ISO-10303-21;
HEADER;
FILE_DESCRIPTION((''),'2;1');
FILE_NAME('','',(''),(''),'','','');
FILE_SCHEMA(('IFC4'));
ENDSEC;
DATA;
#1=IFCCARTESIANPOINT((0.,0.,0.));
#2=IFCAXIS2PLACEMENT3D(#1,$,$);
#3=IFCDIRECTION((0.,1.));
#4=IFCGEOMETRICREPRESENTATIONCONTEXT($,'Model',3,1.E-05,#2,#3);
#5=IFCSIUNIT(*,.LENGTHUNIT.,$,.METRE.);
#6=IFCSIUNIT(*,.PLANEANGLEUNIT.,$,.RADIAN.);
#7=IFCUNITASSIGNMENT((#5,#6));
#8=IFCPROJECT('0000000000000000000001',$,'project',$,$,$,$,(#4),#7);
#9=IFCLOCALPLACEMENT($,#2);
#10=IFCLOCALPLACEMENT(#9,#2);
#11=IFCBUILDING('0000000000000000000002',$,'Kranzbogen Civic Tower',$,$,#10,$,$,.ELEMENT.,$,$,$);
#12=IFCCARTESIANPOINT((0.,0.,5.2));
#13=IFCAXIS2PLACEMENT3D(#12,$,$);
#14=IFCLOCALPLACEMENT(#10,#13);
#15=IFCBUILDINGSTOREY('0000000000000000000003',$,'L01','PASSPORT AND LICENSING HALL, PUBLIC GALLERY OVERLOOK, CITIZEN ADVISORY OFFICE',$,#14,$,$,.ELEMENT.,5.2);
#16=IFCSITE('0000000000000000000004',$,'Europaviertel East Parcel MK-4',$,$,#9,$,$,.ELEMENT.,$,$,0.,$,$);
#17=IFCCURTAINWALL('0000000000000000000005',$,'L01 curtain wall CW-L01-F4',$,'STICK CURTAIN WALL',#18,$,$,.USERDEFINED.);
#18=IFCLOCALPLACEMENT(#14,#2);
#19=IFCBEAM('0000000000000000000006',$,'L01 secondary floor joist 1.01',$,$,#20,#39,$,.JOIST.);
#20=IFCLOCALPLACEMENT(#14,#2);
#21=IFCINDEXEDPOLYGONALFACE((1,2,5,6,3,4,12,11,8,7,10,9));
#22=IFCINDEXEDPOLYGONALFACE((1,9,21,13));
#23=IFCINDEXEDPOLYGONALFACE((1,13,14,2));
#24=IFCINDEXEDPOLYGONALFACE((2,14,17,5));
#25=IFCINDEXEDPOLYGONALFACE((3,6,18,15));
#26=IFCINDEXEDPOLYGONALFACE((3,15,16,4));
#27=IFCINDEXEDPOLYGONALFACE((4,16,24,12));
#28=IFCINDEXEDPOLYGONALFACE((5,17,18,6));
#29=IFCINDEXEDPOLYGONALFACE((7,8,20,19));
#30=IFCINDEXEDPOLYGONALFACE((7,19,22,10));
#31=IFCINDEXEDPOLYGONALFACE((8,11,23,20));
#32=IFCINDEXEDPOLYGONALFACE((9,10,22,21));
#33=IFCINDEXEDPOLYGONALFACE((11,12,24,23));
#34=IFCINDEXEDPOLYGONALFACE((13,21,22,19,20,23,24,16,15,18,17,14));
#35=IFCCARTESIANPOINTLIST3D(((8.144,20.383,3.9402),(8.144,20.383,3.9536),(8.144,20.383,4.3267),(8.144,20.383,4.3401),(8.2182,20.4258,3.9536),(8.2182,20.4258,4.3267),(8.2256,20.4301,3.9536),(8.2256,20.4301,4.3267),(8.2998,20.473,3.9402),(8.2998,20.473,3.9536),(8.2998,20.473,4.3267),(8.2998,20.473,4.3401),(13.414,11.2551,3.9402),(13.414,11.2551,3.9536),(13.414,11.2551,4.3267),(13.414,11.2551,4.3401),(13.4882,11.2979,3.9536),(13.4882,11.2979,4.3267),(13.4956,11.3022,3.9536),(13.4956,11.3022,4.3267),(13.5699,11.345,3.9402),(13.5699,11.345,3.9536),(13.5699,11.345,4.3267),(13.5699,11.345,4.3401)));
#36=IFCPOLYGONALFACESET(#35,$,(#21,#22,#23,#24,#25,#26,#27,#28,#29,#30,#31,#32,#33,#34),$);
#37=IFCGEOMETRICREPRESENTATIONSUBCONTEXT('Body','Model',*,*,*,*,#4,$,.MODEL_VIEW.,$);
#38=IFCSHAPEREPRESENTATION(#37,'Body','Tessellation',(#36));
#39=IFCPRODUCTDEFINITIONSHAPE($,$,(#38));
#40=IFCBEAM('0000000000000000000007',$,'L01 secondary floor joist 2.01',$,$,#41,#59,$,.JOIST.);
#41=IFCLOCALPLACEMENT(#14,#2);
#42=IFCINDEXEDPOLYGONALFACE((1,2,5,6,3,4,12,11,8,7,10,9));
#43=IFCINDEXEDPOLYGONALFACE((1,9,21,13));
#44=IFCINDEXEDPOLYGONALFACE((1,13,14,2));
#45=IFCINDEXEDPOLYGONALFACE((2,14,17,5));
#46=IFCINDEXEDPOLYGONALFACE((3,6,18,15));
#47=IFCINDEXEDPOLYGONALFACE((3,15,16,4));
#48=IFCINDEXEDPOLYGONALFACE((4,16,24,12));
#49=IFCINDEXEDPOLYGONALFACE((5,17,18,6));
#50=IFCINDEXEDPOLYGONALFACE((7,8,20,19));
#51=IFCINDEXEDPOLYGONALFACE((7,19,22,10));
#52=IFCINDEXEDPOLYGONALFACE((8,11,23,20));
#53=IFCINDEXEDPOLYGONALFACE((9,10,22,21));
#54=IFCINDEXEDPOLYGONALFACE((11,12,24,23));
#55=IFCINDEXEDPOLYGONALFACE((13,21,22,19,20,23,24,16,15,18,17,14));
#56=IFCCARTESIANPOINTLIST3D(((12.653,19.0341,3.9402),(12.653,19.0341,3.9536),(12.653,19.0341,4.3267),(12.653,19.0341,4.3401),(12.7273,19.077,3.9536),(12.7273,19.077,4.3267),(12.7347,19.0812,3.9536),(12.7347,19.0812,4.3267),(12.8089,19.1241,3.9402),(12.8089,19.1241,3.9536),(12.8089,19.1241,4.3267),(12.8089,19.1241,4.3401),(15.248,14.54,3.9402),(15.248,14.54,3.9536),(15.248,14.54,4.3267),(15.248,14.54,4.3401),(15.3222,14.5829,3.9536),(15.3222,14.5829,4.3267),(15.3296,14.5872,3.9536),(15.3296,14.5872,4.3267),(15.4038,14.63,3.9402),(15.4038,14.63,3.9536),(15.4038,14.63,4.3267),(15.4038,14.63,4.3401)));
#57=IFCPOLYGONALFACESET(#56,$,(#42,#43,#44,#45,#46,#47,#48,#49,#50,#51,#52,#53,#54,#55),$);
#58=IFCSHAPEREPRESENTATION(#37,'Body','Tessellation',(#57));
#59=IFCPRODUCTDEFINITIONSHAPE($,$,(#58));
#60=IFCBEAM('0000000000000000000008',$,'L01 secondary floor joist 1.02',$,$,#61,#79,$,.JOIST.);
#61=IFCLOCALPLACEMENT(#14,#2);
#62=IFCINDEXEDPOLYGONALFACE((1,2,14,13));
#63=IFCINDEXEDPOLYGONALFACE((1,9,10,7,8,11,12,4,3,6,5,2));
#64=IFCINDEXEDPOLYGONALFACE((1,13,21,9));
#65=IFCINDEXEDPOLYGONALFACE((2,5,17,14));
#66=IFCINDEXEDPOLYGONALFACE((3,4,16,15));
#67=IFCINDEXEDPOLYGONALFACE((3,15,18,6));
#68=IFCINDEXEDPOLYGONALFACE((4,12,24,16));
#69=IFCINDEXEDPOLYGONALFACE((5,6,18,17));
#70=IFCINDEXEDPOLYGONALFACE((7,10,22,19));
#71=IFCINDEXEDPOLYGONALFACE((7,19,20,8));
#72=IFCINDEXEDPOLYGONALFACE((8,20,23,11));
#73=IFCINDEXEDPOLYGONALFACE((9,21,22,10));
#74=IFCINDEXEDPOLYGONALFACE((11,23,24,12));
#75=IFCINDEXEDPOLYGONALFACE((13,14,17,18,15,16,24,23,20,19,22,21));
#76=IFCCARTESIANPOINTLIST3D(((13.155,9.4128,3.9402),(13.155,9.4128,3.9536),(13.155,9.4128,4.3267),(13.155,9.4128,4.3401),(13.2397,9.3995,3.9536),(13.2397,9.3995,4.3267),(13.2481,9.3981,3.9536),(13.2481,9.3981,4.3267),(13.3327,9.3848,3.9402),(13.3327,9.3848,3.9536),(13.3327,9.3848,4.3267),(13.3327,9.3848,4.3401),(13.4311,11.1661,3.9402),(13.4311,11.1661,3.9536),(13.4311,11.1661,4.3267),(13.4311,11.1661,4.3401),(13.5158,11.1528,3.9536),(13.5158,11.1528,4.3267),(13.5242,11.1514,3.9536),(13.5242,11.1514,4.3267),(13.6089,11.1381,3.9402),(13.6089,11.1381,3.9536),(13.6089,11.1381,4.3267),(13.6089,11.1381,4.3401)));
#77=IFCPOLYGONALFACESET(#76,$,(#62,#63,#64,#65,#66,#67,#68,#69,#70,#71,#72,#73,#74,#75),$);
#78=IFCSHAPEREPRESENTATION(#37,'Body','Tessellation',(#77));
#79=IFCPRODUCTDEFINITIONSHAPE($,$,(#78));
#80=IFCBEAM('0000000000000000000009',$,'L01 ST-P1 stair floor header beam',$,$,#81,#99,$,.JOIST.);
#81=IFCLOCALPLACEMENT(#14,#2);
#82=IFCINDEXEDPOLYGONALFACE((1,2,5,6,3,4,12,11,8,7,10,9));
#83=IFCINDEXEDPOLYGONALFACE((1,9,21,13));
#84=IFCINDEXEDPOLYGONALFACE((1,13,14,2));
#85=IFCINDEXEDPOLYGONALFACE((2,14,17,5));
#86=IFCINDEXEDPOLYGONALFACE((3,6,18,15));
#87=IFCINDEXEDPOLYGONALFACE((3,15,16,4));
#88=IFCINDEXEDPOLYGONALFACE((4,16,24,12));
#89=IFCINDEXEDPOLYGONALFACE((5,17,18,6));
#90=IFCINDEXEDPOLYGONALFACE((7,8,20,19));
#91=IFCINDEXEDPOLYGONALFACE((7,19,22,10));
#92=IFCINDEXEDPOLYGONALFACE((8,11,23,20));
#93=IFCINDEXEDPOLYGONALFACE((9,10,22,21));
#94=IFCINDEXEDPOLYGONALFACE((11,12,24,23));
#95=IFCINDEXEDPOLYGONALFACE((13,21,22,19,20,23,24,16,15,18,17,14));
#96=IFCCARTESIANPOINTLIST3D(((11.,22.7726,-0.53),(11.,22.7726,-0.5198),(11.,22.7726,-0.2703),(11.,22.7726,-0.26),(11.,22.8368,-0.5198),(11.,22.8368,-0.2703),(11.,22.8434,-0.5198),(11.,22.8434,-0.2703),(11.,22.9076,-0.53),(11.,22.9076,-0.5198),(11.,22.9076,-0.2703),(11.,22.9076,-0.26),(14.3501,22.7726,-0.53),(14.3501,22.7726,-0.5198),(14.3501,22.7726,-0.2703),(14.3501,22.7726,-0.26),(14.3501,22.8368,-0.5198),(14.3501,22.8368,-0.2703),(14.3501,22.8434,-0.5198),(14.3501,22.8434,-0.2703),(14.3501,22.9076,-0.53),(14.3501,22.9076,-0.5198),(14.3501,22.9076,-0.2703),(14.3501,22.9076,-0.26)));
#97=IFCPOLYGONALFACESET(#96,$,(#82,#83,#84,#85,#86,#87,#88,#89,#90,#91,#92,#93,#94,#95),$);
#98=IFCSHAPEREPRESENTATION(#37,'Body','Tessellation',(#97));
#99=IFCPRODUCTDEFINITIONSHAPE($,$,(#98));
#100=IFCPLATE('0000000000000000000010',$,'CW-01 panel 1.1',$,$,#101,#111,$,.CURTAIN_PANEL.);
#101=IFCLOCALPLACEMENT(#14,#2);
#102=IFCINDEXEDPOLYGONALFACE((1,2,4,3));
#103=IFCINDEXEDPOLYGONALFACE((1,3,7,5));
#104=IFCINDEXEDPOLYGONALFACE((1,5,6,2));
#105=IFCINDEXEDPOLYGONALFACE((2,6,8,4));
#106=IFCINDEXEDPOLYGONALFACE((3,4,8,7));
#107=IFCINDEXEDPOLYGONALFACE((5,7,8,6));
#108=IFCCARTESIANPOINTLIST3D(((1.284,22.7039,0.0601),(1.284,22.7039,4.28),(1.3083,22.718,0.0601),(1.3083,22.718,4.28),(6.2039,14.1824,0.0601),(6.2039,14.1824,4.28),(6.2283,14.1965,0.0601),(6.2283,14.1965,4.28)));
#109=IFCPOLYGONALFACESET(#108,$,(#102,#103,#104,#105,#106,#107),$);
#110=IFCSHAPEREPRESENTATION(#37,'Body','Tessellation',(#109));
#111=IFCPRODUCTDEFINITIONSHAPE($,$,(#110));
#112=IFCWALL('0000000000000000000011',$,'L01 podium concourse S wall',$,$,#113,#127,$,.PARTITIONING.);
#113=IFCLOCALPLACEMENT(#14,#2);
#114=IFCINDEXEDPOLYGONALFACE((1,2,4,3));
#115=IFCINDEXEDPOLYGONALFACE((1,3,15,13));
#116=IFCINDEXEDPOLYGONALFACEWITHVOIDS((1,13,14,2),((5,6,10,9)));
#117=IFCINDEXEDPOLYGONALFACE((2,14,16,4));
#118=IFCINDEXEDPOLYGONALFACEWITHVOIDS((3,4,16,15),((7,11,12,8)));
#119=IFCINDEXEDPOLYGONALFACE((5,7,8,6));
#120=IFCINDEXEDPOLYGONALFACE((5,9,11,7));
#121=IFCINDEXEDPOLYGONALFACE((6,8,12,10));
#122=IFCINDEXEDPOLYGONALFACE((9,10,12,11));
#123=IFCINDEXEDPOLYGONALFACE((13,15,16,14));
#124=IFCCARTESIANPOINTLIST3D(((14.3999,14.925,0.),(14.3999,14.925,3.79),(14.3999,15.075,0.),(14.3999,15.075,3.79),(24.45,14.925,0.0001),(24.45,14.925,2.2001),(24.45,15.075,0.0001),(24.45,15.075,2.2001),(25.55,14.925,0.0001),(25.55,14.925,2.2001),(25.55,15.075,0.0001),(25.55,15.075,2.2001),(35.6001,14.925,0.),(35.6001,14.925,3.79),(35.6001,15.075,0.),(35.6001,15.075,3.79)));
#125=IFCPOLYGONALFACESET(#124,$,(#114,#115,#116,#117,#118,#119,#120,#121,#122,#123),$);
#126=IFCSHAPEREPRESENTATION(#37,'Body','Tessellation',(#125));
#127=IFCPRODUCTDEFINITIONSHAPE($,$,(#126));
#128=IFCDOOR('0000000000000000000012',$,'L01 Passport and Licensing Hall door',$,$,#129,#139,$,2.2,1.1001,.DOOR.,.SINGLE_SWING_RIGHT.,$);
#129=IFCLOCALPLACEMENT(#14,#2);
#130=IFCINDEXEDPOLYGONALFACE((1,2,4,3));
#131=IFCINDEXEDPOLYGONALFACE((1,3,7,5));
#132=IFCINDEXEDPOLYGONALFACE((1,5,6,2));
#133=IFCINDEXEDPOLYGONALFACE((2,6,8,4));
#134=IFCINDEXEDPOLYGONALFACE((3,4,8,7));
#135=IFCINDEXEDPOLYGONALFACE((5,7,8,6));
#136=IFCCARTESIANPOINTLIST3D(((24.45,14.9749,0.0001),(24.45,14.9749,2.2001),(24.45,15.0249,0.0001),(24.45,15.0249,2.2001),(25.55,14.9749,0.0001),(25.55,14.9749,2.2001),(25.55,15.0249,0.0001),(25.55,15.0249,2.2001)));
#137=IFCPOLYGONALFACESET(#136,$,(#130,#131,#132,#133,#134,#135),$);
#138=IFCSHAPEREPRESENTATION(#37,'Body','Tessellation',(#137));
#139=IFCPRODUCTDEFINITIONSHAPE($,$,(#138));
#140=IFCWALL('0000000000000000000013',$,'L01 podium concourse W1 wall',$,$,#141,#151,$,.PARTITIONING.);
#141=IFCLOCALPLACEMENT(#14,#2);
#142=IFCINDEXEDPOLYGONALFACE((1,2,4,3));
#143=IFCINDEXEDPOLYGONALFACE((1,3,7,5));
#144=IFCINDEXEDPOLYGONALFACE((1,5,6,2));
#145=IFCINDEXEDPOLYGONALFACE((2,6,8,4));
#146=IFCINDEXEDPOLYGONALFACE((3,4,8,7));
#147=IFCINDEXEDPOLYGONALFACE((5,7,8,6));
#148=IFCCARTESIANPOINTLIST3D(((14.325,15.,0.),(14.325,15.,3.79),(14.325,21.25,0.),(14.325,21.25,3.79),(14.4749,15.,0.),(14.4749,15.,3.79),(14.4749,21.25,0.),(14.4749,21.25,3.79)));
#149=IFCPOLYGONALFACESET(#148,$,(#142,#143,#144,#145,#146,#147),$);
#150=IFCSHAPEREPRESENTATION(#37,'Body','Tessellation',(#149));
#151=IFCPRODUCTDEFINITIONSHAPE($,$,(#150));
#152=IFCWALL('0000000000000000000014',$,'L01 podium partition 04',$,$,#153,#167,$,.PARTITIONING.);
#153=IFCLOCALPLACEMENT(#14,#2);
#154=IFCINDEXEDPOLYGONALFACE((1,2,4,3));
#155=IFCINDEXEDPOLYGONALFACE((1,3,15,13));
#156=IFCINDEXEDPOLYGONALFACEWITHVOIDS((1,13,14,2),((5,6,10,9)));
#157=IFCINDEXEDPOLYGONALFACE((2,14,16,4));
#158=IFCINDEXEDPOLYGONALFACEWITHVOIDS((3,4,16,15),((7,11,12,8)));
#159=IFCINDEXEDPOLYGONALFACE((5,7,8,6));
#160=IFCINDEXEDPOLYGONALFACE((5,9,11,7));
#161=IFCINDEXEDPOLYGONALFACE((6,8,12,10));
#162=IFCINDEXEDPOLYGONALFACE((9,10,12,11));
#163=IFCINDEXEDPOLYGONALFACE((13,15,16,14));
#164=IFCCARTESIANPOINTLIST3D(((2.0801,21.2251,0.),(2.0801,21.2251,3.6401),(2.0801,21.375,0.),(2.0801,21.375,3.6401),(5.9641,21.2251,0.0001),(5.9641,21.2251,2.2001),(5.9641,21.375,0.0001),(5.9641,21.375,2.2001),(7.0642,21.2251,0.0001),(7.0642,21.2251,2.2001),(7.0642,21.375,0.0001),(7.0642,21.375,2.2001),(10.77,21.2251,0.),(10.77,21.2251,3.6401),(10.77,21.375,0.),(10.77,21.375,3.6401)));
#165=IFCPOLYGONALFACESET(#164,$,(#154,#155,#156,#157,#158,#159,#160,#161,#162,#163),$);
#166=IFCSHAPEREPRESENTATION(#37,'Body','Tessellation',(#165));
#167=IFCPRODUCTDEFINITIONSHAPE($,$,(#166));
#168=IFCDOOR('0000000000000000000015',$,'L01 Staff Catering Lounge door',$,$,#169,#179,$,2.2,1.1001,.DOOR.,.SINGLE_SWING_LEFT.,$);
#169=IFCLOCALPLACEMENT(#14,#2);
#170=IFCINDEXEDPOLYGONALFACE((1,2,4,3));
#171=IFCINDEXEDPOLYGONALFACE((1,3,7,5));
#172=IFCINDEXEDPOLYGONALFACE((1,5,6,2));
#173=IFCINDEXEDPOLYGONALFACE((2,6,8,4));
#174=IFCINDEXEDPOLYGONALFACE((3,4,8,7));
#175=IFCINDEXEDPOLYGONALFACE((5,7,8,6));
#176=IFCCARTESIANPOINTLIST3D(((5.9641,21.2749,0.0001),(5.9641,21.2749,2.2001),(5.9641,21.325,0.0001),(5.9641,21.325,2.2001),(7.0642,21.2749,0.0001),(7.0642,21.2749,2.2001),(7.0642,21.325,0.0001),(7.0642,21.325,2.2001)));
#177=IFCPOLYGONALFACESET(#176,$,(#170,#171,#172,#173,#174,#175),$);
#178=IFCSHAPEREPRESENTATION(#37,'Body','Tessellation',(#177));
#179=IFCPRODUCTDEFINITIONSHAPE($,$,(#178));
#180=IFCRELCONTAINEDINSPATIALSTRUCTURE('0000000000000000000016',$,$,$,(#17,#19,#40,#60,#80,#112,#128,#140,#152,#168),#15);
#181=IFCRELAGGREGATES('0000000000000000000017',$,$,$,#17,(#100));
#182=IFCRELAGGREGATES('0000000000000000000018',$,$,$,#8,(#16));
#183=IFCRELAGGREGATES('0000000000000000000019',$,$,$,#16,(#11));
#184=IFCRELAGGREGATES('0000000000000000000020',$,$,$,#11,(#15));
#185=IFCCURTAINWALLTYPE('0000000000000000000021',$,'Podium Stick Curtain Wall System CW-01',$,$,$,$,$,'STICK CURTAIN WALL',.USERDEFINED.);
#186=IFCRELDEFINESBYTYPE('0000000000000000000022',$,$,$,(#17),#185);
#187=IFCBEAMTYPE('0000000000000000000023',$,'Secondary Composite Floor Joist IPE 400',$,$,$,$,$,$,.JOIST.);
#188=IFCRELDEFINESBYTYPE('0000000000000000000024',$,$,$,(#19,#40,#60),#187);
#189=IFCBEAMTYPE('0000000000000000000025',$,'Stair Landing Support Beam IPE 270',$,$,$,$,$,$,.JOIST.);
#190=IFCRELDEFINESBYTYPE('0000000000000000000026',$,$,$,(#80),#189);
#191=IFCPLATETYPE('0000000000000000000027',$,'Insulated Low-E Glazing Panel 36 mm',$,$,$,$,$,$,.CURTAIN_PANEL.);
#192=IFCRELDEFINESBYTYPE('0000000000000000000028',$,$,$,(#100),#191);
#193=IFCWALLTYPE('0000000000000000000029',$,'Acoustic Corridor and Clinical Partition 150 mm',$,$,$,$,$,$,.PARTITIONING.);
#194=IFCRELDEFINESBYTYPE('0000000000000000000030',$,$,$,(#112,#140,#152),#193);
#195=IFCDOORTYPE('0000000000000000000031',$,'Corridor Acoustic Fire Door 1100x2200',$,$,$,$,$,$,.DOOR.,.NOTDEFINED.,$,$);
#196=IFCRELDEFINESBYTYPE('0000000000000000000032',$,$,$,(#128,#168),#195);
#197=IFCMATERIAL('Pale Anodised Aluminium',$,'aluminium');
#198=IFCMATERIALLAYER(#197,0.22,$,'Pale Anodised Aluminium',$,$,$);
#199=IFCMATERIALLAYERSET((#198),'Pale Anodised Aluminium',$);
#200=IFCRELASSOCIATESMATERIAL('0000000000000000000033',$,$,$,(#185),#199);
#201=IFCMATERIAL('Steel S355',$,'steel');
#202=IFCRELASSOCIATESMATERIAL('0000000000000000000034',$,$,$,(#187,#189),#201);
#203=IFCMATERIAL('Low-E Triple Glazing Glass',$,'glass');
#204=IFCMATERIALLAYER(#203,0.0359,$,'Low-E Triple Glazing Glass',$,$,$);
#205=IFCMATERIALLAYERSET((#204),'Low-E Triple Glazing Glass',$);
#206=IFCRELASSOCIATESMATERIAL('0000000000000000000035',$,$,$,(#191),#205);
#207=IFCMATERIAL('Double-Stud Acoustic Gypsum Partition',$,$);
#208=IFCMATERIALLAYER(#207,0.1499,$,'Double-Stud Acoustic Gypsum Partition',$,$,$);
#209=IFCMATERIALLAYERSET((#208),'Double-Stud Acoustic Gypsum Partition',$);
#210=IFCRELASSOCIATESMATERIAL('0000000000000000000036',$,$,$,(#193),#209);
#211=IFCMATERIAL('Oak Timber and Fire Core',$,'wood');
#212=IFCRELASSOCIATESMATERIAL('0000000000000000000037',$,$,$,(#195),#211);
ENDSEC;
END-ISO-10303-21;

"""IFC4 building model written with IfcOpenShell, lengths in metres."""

from ifc_helpers import new_model, si_unit, direction, frame, frame_2d, origin, origin_2d, place, context, subcontext, project, spatial, rectangle, i_section, extrude, material, layer, layer_set, material_profile, profile_set, type_object, element, fill, aggregate, save


model = new_model("IFC4")

# Units and contexts
model_context = context("Model", 3, precision=1e-05, world=origin(), true_north=direction((0.0, 1.0)))
body_context = subcontext(model_context, "Body", "Model", "MODEL_VIEW")
ifc_project = project(units=[si_unit("LENGTHUNIT", "METRE"), si_unit("PLANEANGLEUNIT", "RADIAN")], contexts=[model_context])

# Site, building, storey
site_placement = place(None, origin())
site = spatial("IfcSite", under=ifc_project, at=site_placement, Name="Europaviertel East Parcel MK-4", CompositionType="ELEMENT", RefElevation=0.0)
building_placement = place(site_placement, origin())
building = spatial("IfcBuilding", under=site, at=building_placement, Name="Kranzbogen Civic Tower", CompositionType="ELEMENT")
storey_placement = place(building_placement, frame((0.0, 0.0, 5.2)))
storey = spatial("IfcBuildingStorey", under=building, at=storey_placement, Name="L01", Description="PASSPORT AND LICENSING HALL, PUBLIC GALLERY OVERLOOK, CITIZEN ADVISORY OFFICE", CompositionType="ELEMENT", Elevation=5.2)

# Shared definitions
ifc_material_1 = material(Name="Pale Anodised Aluminium", Category="aluminium")

# Curtain wall
ifc_layer_1 = layer(ifc_material_1, 0.22, Name="Pale Anodised Aluminium")
ifc_layer_set_1 = layer_set([ifc_layer_1], Name="Pale Anodised Aluminium")
curtain_wall_type_1 = type_object("IfcCurtainWallType", Name="Podium Stick Curtain Wall System CW-01", ElementType="STICK CURTAIN WALL", PredefinedType="USERDEFINED", material=ifc_layer_set_1)
curtain_wall_1_placement = place(storey_placement, origin())
curtain_wall_1 = element("IfcCurtainWall", 1, at=curtain_wall_1_placement, inside=storey, type_object=curtain_wall_type_1, Name="L01 curtain wall CW-L01-F4", ObjectType="STICK CURTAIN WALL", PredefinedType="USERDEFINED")

# Beams
ifc_material_2 = material(Name="Steel S355", Category="steel")
ifc_material_profile_1 = material_profile(ifc_material_2, i_section(OverallWidth=0.1799, OverallDepth=0.3999, WebThickness=0.0085, FlangeThickness=0.0134, at=origin_2d()), Name="IPE 400")
ifc_profile_set_1 = profile_set([ifc_material_profile_1], Name="Steel S355")
beam_type_1 = type_object("IfcBeamType", Name="Secondary Composite Floor Joist IPE 400", PredefinedType="JOIST", material=ifc_profile_set_1)
beam_1_placement = place(storey_placement, frame((8.2219, 20.428, 4.1401), z_axis=(0.5, -0.866025, 0.0), x_axis=(0.866025, 0.5, 0.0)))
element("IfcBeam", 2, at=beam_1_placement, inside=storey, type_object=beam_type_1, Name="L01 secondary floor joist 1.01", PredefinedType="JOIST", context=body_context, shape_type="SweptSolid", body=[
    extrude(i_section(OverallWidth=0.1799, OverallDepth=0.3999, WebThickness=0.0085, FlangeThickness=0.0134, at=origin_2d()), origin(), (0.0, 0.0, 1.0), 10.54),
])
beam_2_placement = place(storey_placement, frame((12.731, 19.0791, 4.1401), z_axis=(0.50004, -0.866002, 0.0), x_axis=(0.866002, 0.50004, 0.0)))
element("IfcBeam", 3, at=beam_2_placement, inside=storey, type_object=beam_type_1, Name="L01 secondary floor joist 2.01", PredefinedType="JOIST", context=body_context, shape_type="SweptSolid", body=[
    extrude(i_section(OverallWidth=0.1799, OverallDepth=0.3999, WebThickness=0.0085, FlangeThickness=0.0134, at=origin_2d()), origin(), (0.0, 0.0, 1.0), 5.1895),
])
beam_3_placement = place(storey_placement, frame((13.52, 11.1521, 4.1401), z_axis=(-0.155581, -0.987823, 0.0), x_axis=(0.987823, -0.155581, 0.0)))
element("IfcBeam", 4, at=beam_3_placement, inside=storey, type_object=beam_type_1, Name="L01 secondary floor joist 1.02", PredefinedType="JOIST", context=body_context, shape_type="SweptSolid", body=[
    extrude(i_section(OverallWidth=0.1799, OverallDepth=0.3999, WebThickness=0.0085, FlangeThickness=0.0134, at=origin_2d()), origin(), (0.0, 0.0, 1.0), 1.7749),
])
ifc_material_profile_2 = material_profile(ifc_material_2, i_section(OverallWidth=0.135, OverallDepth=0.27, WebThickness=0.0066, FlangeThickness=0.0103, at=origin_2d()), Name="IPE 270")
ifc_profile_set_2 = profile_set([ifc_material_profile_2], Name="Steel S355")
beam_type_2 = type_object("IfcBeamType", Name="Stair Landing Support Beam IPE 270", PredefinedType="JOIST", material=ifc_profile_set_2)
beam_4_placement = place(storey_placement, frame((14.3501, 22.8401, -0.395), z_axis=(-1.0, 0.0, 0.0), x_axis=(0.0, -1.0, 0.0)))
element("IfcBeam", 5, at=beam_4_placement, inside=storey, type_object=beam_type_2, Name="L01 ST-P1 stair floor header beam", PredefinedType="JOIST", context=body_context, shape_type="SweptSolid", body=[
    extrude(i_section(OverallWidth=0.135, OverallDepth=0.27, WebThickness=0.0066, FlangeThickness=0.0103, at=origin_2d()), origin(), (0.0, 0.0, 1.0), 3.3501),
])

# Plate
ifc_material_3 = material(Name="Low-E Triple Glazing Glass", Category="glass")
ifc_layer_2 = layer(ifc_material_3, 0.0359, Name="Low-E Triple Glazing Glass")
ifc_layer_set_2 = layer_set([ifc_layer_2], Name="Low-E Triple Glazing Glass")
plate_type = type_object("IfcPlateType", Name="Insulated Low-E Glazing Panel 36 mm", PredefinedType="CURTAIN_PANEL", material=ifc_layer_set_2)
plate_placement = place(storey_placement, frame((3.7561, 18.4502, 0.0601), z_axis=(0.0, 0.0, 1.0), x_axis=(0.500006, -0.866022, 0.0)))
plate = element("IfcPlate", 6, at=plate_placement, type_object=plate_type, Name="CW-01 panel 1.1", PredefinedType="CURTAIN_PANEL", context=body_context, shape_type="SweptSolid", body=[
    extrude(rectangle(XDim=9.8398, YDim=0.0281, at=origin_2d()), origin(), (0.0, 0.0, 1.0), 4.22),
])
aggregate(curtain_wall_1, [plate])

# Wall, opening, door
ifc_material_4 = material(Name="Double-Stud Acoustic Gypsum Partition")
ifc_layer_3 = layer(ifc_material_4, 0.1499, Name="Double-Stud Acoustic Gypsum Partition")
ifc_layer_set_3 = layer_set([ifc_layer_3], Name="Double-Stud Acoustic Gypsum Partition")
wall_type_1 = type_object("IfcWallType", Name="Acoustic Corridor and Clinical Partition 150 mm", PredefinedType="PARTITIONING", material=ifc_layer_set_3)
wall_1_placement = place(storey_placement, frame((14.3999, 15.0, 0.0), z_axis=(0.0, 0.0, 1.0), x_axis=(1.0, 0.0, 0.0)))
wall_1 = element("IfcWall", 7, at=wall_1_placement, inside=storey, type_object=wall_type_1, Name="L01 podium concourse S wall", PredefinedType="PARTITIONING", context=body_context, shape_type="SweptSolid", body=[
    extrude(rectangle(XDim=21.2002, YDim=0.1499, at=frame_2d((10.6001, 0.0))), origin(), (0.0, 0.0, 1.0), 3.79),
])
opening_1_placement = place(wall_1_placement, frame((10.05, 0.0, 0.0)))
opening_1 = element("IfcOpeningElement", 8, at=opening_1_placement, cuts=wall_1, PredefinedType="OPENING", context=body_context, shape_type="SweptSolid", body=[
    extrude(rectangle(XDim=1.1001, YDim=2.2, at=frame_2d((0.55, 1.1001))), frame((0.0, 0.085, 0.0), z_axis=(0.0, -1.0, 0.0), x_axis=(1.0, 0.0, 0.0)), (0.0, 0.0, 1.0), 0.1699),
])
ifc_material_5 = material(Name="Oak Timber and Fire Core", Category="wood")
door_type_1 = type_object("IfcDoorType", Name="Corridor Acoustic Fire Door 1100x2200", OperationType="NOTDEFINED", PredefinedType="DOOR", material=ifc_material_5)
door_1_placement = place(opening_1_placement, origin())
door_1 = element("IfcDoor", 9, at=door_1_placement, inside=storey, type_object=door_type_1, Name="L01 Passport and Licensing Hall door", OperationType="SINGLE_SWING_RIGHT", OverallHeight=2.2, OverallWidth=1.1001, PredefinedType="DOOR", context=body_context, shape_type="SweptSolid", body=[
    extrude(rectangle(XDim=1.1001, YDim=2.2, at=frame_2d((0.55, 1.1001))), frame((0.0, 0.0249, 0.0), z_axis=(0.0, -1.0, 0.0), x_axis=(1.0, 0.0, 0.0)), (0.0, 0.0, 1.0), 0.05),
])
fill(opening_1, door_1)

# Wall
wall_2_placement = place(storey_placement, frame((14.3999, 15.0, 0.0), z_axis=(0.0, 0.0, 1.0), x_axis=(0.0, 1.0, 0.0)))
element("IfcWall", 10, at=wall_2_placement, inside=storey, type_object=wall_type_1, Name="L01 podium concourse W1 wall", PredefinedType="PARTITIONING", context=body_context, shape_type="SweptSolid", body=[
    extrude(rectangle(XDim=6.25, YDim=0.1499, at=frame_2d((3.125, 0.0))), origin(), (0.0, 0.0, 1.0), 3.79),
])

# Wall, opening, door
wall_3_placement = place(storey_placement, frame((2.0801, 21.3, 0.0), z_axis=(0.0, 0.0, 1.0), x_axis=(1.0, 0.0, 0.0)))
wall_3 = element("IfcWall", 11, at=wall_3_placement, inside=storey, type_object=wall_type_1, Name="L01 podium partition 04", PredefinedType="PARTITIONING", context=body_context, shape_type="SweptSolid", body=[
    extrude(rectangle(XDim=8.6899, YDim=0.1499, at=frame_2d((4.345, 0.0))), origin(), (0.0, 0.0, 1.0), 3.6401),
])
opening_2_placement = place(wall_3_placement, frame((3.884, 0.0, 0.0)))
opening_2 = element("IfcOpeningElement", 12, at=opening_2_placement, cuts=wall_3, PredefinedType="OPENING", context=body_context, shape_type="SweptSolid", body=[
    extrude(rectangle(XDim=1.1001, YDim=2.2, at=frame_2d((0.55, 1.1001))), frame((0.0, 0.085, 0.0), z_axis=(0.0, -1.0, 0.0), x_axis=(1.0, 0.0, 0.0)), (0.0, 0.0, 1.0), 0.1699),
])
door_2_placement = place(opening_2_placement, origin())
door_2 = element("IfcDoor", 13, at=door_2_placement, inside=storey, type_object=door_type_1, Name="L01 Staff Catering Lounge door", OperationType="SINGLE_SWING_LEFT", OverallHeight=2.2, OverallWidth=1.1001, PredefinedType="DOOR", context=body_context, shape_type="SweptSolid", body=[
    extrude(rectangle(XDim=1.1001, YDim=2.2, at=frame_2d((0.55, 1.1001))), frame((0.0, 0.0249, 0.0), z_axis=(0.0, -1.0, 0.0), x_axis=(1.0, 0.0, 0.0)), (0.0, 0.0, 1.0), 0.05),
])
fill(opening_2, door_2)

save(model, "model.ifc")
